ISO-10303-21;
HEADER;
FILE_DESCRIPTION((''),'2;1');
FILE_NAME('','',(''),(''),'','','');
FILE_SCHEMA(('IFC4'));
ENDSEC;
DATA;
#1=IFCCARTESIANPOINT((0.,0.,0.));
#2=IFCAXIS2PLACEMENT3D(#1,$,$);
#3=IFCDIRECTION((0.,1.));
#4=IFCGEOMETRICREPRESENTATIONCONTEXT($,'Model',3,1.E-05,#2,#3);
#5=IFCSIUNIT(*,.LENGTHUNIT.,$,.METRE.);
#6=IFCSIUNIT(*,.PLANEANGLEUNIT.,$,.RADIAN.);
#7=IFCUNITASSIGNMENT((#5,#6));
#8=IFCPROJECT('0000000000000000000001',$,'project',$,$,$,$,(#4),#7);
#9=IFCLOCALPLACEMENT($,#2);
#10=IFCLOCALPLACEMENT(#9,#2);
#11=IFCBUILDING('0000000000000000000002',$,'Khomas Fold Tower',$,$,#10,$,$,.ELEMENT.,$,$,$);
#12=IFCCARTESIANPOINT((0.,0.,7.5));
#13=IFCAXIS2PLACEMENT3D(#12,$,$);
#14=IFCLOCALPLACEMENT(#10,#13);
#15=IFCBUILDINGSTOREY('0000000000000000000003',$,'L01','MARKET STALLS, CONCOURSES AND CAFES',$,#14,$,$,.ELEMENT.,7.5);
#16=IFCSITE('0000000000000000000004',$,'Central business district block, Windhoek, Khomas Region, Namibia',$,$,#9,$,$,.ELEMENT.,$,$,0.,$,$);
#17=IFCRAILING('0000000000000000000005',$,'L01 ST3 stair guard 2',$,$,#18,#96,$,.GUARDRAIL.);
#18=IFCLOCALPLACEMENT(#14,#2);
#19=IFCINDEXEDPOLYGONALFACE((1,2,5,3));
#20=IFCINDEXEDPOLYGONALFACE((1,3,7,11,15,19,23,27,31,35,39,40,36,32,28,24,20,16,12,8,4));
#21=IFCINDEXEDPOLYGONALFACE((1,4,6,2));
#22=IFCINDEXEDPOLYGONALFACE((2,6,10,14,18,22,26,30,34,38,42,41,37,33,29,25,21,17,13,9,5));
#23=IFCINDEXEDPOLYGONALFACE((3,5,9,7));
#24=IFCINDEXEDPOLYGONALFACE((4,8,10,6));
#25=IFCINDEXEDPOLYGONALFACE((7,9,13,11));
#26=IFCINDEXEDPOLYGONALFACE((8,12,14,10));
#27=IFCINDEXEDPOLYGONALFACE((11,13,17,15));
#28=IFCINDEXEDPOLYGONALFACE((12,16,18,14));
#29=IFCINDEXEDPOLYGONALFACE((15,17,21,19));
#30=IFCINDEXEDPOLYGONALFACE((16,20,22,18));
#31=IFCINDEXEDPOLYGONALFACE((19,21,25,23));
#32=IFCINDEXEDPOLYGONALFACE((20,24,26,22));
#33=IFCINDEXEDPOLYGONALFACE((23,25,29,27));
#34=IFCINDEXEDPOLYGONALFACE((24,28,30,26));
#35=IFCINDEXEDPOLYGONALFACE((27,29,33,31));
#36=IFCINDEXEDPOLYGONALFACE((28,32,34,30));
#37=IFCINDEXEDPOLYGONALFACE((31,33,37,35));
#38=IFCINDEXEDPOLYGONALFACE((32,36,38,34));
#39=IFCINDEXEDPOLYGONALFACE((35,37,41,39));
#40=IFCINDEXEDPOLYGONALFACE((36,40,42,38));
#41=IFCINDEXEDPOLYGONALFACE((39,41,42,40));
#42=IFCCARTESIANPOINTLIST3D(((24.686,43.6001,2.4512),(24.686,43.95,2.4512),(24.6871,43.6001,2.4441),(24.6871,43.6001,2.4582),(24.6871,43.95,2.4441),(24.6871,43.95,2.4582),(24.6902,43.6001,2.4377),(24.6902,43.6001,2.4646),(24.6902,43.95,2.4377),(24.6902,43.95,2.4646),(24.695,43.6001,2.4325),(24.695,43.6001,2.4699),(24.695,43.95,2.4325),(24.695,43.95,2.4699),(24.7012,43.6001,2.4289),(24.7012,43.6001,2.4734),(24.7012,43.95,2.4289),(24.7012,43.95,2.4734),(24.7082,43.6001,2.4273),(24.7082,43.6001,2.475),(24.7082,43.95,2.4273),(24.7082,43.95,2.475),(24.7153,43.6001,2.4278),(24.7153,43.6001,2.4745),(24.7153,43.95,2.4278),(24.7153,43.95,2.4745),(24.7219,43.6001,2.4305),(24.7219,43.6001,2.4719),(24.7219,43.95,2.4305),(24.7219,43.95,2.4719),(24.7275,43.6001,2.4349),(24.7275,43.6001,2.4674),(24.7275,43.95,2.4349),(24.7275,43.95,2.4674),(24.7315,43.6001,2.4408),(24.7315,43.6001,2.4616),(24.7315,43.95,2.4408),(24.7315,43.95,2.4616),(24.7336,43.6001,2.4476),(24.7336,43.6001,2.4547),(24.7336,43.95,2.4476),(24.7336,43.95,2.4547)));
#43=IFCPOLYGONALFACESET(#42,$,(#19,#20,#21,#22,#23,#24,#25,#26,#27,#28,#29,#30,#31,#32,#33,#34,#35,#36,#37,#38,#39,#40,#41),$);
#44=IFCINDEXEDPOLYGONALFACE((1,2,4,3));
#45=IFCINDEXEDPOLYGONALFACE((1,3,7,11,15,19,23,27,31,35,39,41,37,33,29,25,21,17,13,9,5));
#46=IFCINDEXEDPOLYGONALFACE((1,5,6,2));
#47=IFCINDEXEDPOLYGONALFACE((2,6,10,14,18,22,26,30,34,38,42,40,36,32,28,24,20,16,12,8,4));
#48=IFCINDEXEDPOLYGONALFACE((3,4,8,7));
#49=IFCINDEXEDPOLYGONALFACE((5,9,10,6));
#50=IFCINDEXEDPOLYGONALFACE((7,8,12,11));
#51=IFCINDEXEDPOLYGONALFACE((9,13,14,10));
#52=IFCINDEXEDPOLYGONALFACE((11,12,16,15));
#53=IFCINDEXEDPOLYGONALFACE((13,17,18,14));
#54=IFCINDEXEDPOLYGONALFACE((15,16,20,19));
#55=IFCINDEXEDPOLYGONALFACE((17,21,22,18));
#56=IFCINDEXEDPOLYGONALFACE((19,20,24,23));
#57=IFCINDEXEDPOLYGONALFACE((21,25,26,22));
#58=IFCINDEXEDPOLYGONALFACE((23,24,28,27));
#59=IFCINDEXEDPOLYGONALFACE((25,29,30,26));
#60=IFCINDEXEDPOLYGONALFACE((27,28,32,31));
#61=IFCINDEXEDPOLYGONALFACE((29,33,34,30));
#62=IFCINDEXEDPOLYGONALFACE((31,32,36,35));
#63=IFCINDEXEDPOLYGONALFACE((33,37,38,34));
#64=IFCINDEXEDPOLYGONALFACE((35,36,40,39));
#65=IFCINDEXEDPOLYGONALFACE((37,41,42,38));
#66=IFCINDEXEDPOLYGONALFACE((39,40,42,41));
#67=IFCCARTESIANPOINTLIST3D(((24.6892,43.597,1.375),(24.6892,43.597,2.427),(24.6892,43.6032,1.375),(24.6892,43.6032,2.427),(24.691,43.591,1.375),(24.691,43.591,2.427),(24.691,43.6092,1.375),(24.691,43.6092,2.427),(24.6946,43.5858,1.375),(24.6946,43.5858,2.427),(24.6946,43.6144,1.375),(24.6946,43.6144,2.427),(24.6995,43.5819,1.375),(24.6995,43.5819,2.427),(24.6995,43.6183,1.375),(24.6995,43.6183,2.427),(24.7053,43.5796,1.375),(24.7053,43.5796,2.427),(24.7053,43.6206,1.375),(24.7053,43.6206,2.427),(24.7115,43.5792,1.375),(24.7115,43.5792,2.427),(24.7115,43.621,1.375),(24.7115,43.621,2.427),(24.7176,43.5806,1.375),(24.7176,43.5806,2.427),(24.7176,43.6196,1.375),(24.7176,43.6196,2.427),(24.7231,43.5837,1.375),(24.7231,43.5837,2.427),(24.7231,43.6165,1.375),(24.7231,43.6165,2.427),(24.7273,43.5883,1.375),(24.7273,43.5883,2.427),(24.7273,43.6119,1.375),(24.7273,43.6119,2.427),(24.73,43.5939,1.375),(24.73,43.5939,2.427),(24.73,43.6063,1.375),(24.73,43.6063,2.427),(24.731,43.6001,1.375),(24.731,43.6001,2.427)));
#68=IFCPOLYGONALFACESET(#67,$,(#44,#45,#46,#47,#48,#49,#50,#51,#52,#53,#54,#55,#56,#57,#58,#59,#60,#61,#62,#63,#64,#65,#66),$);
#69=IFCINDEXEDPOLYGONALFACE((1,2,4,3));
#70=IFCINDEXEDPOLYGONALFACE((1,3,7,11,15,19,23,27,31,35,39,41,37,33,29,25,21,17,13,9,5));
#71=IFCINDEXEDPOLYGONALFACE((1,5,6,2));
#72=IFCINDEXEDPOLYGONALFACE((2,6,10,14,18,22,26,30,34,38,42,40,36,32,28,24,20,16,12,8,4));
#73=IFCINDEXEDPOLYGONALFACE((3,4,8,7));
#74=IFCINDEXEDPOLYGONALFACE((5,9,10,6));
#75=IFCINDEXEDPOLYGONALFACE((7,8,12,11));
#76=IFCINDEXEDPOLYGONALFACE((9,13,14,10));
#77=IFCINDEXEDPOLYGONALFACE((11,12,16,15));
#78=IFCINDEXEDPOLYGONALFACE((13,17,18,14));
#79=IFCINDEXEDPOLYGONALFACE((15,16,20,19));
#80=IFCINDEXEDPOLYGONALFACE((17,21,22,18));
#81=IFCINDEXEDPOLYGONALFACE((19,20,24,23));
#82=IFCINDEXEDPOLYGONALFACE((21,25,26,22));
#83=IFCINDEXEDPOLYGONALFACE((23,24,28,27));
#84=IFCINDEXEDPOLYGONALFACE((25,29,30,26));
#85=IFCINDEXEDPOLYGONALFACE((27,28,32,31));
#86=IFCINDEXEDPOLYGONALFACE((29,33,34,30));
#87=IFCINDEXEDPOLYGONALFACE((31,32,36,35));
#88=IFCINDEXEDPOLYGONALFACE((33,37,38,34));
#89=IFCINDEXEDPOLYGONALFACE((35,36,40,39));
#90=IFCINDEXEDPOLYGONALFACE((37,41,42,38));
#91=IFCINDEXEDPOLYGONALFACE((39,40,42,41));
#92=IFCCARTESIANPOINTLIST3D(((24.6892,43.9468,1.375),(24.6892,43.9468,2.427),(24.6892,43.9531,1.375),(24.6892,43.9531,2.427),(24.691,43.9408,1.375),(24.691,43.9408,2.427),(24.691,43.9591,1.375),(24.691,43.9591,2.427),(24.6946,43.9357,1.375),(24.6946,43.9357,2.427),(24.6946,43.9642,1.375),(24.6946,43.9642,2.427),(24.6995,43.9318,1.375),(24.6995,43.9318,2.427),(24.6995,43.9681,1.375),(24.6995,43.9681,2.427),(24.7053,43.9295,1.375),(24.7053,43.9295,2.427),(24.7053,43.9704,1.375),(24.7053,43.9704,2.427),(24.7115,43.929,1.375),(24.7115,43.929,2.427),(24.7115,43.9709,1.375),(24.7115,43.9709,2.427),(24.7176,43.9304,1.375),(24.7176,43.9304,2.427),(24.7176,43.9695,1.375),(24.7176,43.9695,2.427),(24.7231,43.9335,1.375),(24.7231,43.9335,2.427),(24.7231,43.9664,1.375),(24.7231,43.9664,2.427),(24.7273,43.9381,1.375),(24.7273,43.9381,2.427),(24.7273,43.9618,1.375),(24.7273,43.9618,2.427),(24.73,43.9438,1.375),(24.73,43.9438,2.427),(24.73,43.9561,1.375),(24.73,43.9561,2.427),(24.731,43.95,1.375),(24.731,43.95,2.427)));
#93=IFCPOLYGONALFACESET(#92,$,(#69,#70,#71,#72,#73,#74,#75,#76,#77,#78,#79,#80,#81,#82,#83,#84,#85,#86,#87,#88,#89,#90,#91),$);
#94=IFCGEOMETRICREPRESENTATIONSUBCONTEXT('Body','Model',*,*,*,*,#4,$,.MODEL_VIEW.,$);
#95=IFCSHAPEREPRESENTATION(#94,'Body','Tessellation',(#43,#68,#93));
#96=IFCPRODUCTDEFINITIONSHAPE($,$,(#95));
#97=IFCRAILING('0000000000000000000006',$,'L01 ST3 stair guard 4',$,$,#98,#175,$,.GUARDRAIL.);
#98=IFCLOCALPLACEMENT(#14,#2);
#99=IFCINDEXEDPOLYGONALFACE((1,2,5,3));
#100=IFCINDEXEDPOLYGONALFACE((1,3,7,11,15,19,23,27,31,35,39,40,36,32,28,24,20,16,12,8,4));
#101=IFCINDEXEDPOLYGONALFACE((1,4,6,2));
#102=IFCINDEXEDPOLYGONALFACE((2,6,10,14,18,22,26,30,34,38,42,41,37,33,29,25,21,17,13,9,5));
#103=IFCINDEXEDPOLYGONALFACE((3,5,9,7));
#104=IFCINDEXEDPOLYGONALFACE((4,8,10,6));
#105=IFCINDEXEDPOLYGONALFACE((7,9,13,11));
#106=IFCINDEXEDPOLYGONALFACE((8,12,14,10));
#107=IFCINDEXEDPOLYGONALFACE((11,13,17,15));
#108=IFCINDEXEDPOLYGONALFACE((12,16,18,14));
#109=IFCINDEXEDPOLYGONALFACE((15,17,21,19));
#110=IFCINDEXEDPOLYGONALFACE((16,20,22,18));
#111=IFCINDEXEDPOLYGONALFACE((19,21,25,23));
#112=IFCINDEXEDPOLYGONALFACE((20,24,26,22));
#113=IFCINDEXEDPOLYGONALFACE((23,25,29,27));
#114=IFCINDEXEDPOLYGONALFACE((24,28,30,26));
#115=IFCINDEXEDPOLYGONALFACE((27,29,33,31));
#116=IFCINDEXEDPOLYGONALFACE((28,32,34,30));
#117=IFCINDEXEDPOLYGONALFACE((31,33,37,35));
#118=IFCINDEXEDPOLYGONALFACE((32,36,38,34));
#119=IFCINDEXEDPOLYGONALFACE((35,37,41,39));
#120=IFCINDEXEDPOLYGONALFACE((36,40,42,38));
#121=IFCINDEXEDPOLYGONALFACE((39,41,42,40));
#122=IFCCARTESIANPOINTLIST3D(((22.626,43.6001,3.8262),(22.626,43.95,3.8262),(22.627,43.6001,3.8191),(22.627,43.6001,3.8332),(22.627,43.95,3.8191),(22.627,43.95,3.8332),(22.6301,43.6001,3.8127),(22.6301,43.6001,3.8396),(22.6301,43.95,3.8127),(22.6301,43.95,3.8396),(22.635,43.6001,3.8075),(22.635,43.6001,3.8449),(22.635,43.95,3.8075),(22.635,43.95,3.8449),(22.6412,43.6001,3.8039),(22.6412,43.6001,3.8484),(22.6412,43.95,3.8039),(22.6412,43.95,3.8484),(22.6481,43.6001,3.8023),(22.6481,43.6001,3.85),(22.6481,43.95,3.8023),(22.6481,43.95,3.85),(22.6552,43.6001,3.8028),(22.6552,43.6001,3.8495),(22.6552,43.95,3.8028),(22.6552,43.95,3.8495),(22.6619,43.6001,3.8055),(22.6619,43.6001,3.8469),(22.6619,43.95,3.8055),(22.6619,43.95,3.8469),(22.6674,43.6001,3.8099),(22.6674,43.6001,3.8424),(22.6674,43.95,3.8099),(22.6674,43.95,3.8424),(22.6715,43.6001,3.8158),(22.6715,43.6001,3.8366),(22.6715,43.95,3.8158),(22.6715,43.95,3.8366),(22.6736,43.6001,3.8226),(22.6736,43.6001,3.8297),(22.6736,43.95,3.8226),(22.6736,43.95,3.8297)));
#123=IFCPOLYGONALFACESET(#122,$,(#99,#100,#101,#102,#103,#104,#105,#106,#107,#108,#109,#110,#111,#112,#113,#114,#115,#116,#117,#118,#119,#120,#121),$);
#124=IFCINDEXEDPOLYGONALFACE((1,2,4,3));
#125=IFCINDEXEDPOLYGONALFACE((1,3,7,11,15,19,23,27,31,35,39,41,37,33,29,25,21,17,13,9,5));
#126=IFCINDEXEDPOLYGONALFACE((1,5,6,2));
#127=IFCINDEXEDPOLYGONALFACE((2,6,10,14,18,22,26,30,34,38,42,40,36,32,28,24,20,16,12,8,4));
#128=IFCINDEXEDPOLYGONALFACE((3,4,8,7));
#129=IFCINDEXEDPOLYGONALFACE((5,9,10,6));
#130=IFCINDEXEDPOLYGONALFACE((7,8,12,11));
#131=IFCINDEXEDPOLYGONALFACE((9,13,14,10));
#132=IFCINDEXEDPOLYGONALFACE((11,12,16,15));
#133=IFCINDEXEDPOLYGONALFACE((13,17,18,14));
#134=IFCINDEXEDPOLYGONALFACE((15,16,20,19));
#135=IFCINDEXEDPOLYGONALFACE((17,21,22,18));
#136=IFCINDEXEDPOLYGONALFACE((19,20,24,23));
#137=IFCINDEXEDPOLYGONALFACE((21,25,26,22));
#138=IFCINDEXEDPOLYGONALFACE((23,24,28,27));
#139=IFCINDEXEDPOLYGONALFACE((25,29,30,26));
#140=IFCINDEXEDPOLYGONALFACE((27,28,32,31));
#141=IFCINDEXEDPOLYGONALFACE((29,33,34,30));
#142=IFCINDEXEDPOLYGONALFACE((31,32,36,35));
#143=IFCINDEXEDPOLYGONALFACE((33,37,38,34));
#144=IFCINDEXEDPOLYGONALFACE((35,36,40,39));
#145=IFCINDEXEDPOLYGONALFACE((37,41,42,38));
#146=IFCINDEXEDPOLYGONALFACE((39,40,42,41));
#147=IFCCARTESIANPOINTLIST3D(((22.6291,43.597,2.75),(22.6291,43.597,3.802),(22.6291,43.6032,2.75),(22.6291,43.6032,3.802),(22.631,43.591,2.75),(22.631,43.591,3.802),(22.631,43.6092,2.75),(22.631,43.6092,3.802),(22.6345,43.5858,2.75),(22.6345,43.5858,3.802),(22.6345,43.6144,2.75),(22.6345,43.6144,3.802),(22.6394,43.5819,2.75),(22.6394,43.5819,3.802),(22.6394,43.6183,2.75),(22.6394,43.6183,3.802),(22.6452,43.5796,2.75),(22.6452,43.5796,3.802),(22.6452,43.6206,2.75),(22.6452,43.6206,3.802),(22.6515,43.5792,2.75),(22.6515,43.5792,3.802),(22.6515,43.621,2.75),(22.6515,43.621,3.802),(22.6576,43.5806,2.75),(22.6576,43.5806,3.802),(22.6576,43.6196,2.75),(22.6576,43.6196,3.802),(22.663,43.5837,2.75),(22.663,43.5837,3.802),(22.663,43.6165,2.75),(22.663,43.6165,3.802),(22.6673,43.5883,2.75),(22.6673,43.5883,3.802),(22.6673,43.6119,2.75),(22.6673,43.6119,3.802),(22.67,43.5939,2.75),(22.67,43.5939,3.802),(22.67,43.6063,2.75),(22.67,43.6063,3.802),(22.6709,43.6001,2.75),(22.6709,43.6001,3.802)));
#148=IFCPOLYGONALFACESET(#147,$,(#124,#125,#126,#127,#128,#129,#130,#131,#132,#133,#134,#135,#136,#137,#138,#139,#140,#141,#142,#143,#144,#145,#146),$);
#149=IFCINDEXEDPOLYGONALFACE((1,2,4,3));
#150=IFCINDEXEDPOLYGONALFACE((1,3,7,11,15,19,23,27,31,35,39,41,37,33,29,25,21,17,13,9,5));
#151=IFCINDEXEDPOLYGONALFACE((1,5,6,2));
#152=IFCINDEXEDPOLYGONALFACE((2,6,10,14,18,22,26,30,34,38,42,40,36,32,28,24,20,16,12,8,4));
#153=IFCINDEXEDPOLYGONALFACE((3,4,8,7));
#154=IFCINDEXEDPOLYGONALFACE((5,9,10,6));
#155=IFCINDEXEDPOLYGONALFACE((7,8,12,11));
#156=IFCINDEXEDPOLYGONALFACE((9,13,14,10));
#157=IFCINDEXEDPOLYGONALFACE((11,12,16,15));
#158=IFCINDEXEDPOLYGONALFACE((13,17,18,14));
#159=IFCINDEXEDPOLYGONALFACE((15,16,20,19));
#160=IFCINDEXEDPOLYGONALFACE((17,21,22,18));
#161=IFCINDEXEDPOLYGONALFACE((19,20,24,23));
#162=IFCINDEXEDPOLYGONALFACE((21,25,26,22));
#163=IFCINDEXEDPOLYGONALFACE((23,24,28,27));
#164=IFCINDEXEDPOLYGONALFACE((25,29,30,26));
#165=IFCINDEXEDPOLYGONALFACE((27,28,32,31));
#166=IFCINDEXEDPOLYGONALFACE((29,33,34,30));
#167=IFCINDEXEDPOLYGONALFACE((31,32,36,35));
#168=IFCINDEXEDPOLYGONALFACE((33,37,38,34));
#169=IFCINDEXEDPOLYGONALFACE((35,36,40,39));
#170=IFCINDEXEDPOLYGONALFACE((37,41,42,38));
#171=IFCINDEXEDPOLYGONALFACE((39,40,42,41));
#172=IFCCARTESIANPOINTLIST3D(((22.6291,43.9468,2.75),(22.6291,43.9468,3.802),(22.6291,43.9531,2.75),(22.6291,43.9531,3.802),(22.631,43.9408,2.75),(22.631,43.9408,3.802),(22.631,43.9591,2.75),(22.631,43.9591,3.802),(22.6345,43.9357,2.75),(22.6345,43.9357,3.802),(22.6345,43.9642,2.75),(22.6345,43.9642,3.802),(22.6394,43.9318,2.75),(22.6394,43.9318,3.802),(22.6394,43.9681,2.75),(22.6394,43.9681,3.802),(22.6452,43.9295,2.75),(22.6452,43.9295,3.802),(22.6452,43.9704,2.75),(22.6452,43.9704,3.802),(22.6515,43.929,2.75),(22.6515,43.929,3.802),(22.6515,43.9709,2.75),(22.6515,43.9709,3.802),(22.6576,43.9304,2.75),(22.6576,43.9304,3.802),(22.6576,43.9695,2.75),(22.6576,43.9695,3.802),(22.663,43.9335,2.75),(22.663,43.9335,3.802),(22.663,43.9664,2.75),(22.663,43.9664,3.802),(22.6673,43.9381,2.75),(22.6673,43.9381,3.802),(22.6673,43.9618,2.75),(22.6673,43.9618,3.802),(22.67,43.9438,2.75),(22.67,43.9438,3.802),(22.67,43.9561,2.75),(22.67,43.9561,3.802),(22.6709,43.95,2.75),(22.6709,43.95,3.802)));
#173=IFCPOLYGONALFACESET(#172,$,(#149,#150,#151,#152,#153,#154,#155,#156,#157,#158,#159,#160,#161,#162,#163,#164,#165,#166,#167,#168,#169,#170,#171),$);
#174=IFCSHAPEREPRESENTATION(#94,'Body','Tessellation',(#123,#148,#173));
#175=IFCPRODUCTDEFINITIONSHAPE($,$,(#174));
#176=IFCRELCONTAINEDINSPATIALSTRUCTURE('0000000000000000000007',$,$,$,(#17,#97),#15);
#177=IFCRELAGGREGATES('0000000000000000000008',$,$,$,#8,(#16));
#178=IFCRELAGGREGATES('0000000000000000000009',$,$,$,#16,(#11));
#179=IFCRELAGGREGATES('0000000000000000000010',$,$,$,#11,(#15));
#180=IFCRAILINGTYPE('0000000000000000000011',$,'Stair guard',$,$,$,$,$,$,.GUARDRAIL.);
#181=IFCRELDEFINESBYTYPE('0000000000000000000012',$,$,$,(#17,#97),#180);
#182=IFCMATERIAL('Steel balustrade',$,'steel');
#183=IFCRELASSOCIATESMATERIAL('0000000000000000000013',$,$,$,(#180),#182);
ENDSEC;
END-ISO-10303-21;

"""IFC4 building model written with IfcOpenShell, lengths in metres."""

from ifc_helpers import new_model, si_unit, direction, frame, origin, origin_2d, place, context, subcontext, project, spatial, circle, extrude, source, transform, mapped, material, type_object, element, save


model = new_model("IFC4")

# Units and contexts
model_context = context("Model", 3, precision=1e-05, world=origin(), true_north=direction((0.0, 1.0)))
body_context = subcontext(model_context, "Body", "Model", "MODEL_VIEW")
ifc_project = project(units=[si_unit("LENGTHUNIT", "METRE"), si_unit("PLANEANGLEUNIT", "RADIAN")], contexts=[model_context])

# Site, building, storey
site_placement = place(None, origin())
site = spatial("IfcSite", under=ifc_project, at=site_placement, Name="Central business district block, Windhoek, Khomas Region, Namibia", CompositionType="ELEMENT", RefElevation=0.0)
building_placement = place(site_placement, origin())
building = spatial("IfcBuilding", under=site, at=building_placement, Name="Khomas Fold Tower", CompositionType="ELEMENT")
storey_placement = place(building_placement, frame((0.0, 0.0, 7.5)))
storey = spatial("IfcBuildingStorey", under=building, at=storey_placement, Name="L01", Description="MARKET STALLS, CONCOURSES AND CAFES", CompositionType="ELEMENT", Elevation=7.5)

# Railings
ifc_material_1 = material(Name="Steel balustrade", Category="steel")
railing_type_1 = type_object("IfcRailingType", Name="Stair guard", PredefinedType="GUARDRAIL", material=ifc_material_1)
shared_shape_1 = source(origin(), body_context, "Body", "SweptSolid", [
    extrude(circle(Radius=0.0239, at=origin_2d()), frame((0.0, 0.0, 1.0762), z_axis=(0.0, 1.0, 0.0), x_axis=(-1.0, 0.0, 0.0)), (0.0, 0.0, 1.0), 0.3499),
    extrude(circle(Radius=0.021, at=origin_2d()), origin(), (0.0, 0.0, 1.0), 1.052),
    extrude(circle(Radius=0.021, at=origin_2d()), frame((0.0, 0.3499, 0.0)), (0.0, 0.0, 1.0), 1.052),
])
for number, where, name in (
    (1, (24.71, 43.6001, 1.375), "L01 ST3 stair guard 2"),
    (2, (22.6499, 43.6001, 2.75), "L01 ST3 stair guard 4"),
):
    element("IfcRailing", number, at=place(storey_placement, frame(where)), inside=storey, type_object=railing_type_1, Name=name, PredefinedType="GUARDRAIL", context=body_context, shape_type="MappedRepresentation", body=[
        mapped(shared_shape_1, transform((0.0, 0.0, 0.0))),
    ])

save(model, "model.ifc")
